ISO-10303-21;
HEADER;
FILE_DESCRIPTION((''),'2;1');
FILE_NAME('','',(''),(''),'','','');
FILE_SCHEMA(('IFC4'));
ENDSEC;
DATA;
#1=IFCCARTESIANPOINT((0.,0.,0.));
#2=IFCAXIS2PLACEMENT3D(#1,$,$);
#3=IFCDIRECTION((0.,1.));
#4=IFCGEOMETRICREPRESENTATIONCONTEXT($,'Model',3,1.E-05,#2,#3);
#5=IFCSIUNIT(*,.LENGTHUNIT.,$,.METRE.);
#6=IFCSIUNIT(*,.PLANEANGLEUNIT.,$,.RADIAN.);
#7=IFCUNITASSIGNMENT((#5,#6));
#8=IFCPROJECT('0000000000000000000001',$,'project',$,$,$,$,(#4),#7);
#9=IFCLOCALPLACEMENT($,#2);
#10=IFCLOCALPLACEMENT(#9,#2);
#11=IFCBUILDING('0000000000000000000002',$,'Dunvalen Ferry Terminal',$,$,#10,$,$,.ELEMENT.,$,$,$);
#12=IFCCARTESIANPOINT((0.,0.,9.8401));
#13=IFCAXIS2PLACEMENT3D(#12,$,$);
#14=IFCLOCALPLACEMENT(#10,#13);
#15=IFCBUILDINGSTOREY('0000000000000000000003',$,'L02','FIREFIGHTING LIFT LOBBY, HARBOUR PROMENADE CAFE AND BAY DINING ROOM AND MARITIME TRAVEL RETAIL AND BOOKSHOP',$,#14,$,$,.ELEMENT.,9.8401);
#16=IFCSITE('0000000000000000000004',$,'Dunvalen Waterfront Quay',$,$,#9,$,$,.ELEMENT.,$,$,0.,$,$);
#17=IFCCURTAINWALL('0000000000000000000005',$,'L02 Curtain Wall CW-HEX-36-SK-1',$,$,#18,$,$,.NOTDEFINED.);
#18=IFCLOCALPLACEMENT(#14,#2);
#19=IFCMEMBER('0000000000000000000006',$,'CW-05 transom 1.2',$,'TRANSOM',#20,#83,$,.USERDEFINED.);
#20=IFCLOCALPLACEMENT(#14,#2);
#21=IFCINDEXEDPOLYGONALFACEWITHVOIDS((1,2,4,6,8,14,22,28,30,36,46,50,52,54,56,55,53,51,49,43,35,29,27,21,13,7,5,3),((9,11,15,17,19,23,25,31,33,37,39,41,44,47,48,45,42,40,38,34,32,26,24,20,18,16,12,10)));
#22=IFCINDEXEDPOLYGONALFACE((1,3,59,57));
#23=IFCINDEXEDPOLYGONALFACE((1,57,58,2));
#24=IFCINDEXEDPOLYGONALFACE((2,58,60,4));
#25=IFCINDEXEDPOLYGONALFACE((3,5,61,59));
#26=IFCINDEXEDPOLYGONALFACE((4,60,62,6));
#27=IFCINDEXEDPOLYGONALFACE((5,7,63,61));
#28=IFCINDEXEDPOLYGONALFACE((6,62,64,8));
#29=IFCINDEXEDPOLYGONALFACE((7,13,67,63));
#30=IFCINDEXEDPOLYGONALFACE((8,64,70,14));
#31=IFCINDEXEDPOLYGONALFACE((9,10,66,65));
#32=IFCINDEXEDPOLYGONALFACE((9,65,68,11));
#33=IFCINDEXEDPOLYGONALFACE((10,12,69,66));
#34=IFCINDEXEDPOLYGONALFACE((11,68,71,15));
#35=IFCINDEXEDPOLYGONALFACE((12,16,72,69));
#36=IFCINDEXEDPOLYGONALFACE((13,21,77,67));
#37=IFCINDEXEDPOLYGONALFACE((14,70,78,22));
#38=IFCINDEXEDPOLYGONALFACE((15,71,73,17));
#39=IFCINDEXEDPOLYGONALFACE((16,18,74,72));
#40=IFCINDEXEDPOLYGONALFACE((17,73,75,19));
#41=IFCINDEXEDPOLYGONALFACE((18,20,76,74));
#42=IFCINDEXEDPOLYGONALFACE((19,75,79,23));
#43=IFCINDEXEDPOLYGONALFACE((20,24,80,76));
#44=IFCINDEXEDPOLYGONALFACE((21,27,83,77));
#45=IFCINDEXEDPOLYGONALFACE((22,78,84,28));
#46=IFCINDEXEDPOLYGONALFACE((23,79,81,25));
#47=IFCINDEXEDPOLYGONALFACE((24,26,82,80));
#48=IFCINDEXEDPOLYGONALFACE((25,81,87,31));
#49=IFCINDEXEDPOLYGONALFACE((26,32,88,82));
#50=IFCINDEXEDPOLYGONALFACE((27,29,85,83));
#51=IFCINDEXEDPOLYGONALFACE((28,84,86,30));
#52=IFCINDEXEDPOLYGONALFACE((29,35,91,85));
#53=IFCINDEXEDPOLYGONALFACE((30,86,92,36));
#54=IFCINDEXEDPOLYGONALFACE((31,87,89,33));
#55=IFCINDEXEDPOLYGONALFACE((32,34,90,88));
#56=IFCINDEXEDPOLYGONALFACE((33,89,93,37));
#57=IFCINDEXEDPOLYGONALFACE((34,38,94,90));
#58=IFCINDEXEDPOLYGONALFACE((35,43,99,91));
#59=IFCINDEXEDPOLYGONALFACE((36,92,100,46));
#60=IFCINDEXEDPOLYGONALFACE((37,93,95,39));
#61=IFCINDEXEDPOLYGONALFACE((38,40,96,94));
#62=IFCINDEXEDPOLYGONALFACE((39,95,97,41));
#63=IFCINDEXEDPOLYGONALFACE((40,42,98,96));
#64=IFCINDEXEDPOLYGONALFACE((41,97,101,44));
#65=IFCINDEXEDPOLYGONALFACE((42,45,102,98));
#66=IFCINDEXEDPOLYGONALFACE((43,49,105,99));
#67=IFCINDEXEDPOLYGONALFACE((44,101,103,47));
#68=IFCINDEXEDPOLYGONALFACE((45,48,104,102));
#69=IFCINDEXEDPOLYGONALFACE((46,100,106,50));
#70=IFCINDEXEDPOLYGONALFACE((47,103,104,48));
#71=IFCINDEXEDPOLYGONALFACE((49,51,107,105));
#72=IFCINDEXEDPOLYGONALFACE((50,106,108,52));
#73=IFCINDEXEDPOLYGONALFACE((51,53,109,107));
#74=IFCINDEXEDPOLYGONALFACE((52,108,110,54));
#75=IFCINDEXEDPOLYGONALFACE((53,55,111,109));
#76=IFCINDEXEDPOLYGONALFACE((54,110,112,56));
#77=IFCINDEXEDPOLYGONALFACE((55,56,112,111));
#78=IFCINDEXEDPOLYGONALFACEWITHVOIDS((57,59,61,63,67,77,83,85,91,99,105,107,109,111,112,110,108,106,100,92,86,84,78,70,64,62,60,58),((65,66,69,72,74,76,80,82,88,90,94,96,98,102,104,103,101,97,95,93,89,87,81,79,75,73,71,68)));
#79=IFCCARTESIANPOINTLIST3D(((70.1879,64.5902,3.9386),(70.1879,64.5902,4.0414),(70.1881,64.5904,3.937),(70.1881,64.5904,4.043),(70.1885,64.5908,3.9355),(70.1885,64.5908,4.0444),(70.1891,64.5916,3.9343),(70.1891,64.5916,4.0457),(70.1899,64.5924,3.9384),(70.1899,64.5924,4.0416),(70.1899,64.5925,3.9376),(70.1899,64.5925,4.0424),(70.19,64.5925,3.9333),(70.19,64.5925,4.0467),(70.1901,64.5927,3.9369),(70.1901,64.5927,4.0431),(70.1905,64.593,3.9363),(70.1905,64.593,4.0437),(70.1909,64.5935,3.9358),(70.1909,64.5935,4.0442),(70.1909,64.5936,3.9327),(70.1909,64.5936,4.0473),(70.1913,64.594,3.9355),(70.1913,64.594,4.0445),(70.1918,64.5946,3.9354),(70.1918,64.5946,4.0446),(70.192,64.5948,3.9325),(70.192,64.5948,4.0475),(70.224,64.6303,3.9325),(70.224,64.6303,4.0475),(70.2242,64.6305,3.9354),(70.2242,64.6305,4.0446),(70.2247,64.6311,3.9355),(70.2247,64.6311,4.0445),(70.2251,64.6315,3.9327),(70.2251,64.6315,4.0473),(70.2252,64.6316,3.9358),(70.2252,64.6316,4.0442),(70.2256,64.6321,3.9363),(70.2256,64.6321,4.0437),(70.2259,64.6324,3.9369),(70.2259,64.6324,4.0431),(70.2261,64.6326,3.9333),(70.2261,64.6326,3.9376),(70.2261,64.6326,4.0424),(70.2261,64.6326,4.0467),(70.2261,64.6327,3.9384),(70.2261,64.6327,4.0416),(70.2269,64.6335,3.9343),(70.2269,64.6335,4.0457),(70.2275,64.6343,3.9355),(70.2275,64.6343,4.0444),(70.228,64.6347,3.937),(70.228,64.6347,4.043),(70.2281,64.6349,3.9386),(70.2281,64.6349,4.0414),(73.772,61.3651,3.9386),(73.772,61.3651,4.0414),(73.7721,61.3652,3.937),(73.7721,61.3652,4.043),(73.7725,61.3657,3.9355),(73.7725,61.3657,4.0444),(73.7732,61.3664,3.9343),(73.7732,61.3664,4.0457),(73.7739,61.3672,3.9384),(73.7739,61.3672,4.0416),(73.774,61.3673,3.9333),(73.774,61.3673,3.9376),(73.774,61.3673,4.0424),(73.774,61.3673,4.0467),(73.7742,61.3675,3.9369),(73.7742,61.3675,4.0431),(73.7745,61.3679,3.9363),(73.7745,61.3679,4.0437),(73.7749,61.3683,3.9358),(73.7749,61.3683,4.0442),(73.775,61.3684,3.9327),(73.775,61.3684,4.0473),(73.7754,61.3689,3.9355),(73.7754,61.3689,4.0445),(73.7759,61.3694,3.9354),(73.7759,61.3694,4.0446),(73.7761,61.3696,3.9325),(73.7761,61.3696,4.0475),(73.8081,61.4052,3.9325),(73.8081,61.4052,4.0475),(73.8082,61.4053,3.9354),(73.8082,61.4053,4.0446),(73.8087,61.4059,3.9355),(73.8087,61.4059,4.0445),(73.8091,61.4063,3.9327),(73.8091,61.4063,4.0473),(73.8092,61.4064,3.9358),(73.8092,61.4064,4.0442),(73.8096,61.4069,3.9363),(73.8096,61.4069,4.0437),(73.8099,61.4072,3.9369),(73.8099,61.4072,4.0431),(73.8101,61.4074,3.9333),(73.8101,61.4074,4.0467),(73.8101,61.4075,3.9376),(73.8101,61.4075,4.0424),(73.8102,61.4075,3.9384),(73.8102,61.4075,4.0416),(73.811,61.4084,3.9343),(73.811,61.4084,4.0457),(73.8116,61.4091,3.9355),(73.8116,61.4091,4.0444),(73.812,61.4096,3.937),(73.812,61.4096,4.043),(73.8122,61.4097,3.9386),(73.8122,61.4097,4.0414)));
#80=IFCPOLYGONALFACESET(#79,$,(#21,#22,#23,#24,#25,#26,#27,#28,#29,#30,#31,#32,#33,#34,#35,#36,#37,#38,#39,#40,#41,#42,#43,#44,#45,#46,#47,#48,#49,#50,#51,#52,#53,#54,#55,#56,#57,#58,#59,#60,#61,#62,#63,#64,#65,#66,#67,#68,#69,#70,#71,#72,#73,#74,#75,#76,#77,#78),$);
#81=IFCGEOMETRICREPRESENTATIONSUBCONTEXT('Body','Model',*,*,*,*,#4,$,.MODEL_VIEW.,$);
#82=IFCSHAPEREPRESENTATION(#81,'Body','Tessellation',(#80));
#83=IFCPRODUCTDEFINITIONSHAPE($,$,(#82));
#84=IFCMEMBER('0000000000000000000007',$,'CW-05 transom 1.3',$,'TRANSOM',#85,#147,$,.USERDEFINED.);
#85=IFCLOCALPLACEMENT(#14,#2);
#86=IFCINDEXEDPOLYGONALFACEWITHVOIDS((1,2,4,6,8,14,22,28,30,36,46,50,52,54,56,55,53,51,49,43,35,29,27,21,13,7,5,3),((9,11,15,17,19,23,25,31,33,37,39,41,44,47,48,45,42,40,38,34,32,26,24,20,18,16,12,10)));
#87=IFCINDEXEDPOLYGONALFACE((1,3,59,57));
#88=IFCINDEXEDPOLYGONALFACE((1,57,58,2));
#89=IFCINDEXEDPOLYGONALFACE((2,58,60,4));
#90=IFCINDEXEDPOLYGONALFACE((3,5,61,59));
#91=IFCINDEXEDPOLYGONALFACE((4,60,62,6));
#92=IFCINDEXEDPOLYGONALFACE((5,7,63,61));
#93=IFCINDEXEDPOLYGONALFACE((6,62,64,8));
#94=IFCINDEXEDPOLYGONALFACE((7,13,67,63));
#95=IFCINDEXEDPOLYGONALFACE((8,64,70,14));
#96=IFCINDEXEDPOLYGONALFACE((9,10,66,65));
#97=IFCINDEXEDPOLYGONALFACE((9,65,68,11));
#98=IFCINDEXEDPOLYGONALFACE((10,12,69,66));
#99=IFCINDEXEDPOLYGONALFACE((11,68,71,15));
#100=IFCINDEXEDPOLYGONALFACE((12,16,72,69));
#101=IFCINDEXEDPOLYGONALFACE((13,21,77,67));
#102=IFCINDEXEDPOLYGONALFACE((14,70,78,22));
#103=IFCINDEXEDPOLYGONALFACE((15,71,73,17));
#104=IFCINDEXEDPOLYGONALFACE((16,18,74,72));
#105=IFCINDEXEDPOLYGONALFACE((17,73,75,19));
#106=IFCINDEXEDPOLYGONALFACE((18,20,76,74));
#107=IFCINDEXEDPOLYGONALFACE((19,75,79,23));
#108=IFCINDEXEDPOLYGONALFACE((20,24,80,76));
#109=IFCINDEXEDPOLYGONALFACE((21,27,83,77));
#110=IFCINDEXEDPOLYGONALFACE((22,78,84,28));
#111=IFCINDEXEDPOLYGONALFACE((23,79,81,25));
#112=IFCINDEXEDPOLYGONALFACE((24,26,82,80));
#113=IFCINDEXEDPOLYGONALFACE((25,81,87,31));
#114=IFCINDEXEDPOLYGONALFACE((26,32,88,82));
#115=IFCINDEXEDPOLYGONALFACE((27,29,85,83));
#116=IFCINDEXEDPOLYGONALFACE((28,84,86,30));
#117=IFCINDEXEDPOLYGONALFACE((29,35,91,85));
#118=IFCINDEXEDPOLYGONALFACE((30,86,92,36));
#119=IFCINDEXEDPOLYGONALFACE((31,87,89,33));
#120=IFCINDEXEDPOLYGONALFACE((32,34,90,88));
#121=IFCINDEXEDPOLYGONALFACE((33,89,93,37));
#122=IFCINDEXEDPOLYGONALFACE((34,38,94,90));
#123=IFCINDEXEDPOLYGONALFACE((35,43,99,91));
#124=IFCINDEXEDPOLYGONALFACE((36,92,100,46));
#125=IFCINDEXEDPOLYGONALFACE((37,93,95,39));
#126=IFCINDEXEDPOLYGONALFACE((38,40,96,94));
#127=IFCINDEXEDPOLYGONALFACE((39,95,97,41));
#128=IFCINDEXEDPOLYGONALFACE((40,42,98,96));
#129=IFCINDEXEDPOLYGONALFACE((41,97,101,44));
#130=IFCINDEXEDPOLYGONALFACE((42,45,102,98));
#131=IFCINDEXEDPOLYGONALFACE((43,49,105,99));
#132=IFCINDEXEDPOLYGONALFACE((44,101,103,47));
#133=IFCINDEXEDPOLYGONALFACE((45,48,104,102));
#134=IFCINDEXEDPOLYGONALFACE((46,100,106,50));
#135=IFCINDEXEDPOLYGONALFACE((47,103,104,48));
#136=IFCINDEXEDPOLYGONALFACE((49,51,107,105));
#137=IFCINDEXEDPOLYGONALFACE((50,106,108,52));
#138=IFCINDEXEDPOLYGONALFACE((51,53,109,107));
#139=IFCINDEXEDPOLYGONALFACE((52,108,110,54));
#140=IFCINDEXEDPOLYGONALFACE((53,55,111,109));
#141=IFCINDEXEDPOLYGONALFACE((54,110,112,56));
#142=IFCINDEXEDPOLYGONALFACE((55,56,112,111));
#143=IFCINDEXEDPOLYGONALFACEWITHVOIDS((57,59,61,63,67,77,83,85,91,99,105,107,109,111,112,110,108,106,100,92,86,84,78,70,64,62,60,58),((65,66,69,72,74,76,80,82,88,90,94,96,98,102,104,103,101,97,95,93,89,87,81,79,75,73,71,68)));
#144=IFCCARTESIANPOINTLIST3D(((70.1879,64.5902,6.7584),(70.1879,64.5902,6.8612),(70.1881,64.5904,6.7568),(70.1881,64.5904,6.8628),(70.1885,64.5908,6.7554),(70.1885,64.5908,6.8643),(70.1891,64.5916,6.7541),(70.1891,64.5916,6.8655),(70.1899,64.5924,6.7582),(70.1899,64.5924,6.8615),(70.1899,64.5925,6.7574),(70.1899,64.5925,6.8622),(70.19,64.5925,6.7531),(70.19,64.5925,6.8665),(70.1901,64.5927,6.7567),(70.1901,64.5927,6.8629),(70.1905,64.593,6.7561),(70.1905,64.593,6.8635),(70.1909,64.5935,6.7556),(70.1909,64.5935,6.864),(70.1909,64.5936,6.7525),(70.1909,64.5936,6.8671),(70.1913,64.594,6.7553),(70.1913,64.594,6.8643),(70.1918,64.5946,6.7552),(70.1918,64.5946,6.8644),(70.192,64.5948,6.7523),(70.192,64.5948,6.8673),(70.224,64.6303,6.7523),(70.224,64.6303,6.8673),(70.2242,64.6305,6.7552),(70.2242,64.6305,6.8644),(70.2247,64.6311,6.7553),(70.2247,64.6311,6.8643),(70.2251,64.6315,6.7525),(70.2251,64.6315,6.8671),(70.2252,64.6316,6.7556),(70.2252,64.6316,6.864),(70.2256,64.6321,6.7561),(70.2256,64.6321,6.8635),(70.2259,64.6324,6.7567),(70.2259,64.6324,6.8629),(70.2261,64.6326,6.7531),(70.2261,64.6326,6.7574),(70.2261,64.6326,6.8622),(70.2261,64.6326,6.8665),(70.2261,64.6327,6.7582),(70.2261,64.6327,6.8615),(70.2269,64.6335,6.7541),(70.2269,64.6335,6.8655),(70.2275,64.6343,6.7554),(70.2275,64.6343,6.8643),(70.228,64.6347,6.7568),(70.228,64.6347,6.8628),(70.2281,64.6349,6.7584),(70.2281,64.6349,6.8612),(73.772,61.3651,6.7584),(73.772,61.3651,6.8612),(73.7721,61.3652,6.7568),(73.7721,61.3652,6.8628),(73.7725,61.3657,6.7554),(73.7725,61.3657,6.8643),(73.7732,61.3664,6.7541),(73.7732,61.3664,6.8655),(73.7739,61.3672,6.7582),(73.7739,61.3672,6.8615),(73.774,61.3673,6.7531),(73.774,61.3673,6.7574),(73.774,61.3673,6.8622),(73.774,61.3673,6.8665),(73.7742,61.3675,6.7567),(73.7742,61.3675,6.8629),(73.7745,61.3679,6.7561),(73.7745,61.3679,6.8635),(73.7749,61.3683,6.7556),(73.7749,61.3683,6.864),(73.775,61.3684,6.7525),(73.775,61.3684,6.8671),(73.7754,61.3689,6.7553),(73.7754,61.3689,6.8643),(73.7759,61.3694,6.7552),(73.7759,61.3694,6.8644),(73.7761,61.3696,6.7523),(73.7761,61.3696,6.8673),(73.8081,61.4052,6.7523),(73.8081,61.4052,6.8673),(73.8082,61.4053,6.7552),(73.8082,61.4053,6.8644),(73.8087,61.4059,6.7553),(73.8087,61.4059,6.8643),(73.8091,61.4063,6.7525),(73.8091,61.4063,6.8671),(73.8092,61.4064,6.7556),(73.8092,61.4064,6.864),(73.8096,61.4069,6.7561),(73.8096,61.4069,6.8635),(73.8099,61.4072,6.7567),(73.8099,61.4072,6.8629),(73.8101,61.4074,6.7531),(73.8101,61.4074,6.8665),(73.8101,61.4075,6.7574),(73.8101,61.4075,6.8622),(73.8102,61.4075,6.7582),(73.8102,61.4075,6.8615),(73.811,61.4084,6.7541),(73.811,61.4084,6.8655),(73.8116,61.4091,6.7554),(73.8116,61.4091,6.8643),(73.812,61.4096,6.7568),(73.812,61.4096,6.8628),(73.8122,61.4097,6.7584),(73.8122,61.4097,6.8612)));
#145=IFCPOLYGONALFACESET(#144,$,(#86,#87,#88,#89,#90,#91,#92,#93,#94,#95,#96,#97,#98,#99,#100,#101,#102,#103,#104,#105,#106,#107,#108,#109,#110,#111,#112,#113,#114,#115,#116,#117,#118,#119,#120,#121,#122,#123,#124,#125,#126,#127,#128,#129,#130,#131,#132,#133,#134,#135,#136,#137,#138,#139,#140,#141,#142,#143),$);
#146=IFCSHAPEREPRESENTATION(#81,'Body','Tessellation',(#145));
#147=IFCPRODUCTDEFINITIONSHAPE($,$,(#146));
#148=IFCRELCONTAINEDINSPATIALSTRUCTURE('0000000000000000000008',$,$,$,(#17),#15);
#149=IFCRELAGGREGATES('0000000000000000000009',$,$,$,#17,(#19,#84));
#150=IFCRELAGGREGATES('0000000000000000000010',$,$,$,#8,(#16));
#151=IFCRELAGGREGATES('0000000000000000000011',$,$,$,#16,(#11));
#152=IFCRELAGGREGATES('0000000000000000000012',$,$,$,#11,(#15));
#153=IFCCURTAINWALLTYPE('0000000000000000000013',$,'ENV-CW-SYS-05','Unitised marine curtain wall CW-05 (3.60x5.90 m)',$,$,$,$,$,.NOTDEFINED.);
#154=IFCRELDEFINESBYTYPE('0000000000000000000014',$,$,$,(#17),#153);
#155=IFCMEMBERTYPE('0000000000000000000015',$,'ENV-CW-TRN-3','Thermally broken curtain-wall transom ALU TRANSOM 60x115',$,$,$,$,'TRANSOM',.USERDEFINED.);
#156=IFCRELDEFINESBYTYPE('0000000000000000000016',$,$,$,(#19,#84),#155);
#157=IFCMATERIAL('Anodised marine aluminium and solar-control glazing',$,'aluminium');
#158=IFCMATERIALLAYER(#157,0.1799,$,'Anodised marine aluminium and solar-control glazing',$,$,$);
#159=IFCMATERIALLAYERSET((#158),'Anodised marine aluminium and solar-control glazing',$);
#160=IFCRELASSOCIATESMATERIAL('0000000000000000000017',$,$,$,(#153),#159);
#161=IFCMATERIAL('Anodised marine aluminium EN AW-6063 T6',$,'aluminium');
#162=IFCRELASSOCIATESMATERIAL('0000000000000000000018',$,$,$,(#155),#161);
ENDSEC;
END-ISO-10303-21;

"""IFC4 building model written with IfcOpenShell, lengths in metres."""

from ifc_helpers import new_model, si_unit, direction, frame, origin, origin_2d, place, context, subcontext, project, spatial, hollow_rectangle, extrude, material, layer, layer_set, material_profile, profile_set, type_object, element, aggregate, save


model = new_model("IFC4")

# Units and contexts
model_context = context("Model", 3, precision=1e-05, world=origin(), true_north=direction((0.0, 1.0)))
body_context = subcontext(model_context, "Body", "Model", "MODEL_VIEW")
ifc_project = project(units=[si_unit("LENGTHUNIT", "METRE"), si_unit("PLANEANGLEUNIT", "RADIAN")], contexts=[model_context])

# Site, building, storey
site_placement = place(None, origin())
site = spatial("IfcSite", under=ifc_project, at=site_placement, Name="Dunvalen Waterfront Quay", CompositionType="ELEMENT", RefElevation=0.0)
building_placement = place(site_placement, origin())
building = spatial("IfcBuilding", under=site, at=building_placement, Name="Dunvalen Ferry Terminal", CompositionType="ELEMENT")
storey_placement = place(building_placement, frame((0.0, 0.0, 9.8401)))
storey = spatial("IfcBuildingStorey", under=building, at=storey_placement, Name="L02", Description="FIREFIGHTING LIFT LOBBY, HARBOUR PROMENADE CAFE AND BAY DINING ROOM AND MARITIME TRAVEL RETAIL AND BOOKSHOP", CompositionType="ELEMENT", Elevation=9.8401)

# Curtain wall
ifc_material_1 = material(Name="Anodised marine aluminium and solar-control glazing", Category="aluminium")
ifc_layer_1 = layer(ifc_material_1, 0.1799, Name="Anodised marine aluminium and solar-control glazing")
ifc_layer_set_1 = layer_set([ifc_layer_1], Name="Anodised marine aluminium and solar-control glazing")
curtain_wall_type_1 = type_object("IfcCurtainWallType", Name="ENV-CW-SYS-05", Description="Unitised marine curtain wall CW-05 (3.60x5.90 m)", PredefinedType="NOTDEFINED", material=ifc_layer_set_1)
curtain_wall_1_placement = place(storey_placement, origin())
curtain_wall_1 = element("IfcCurtainWall", 1, at=curtain_wall_1_placement, inside=storey, type_object=curtain_wall_type_1, Name="L02 Curtain Wall CW-HEX-36-SK-1", PredefinedType="NOTDEFINED")
ifc_material_2 = material(Name="Anodised marine aluminium EN AW-6063 T6", Category="aluminium")

# Members
ifc_material_profile_1 = material_profile(ifc_material_2, hollow_rectangle(XDim=0.0601, YDim=0.115, WallThickness=0.0029, InnerFilletRadius=0.0029, OuterFilletRadius=0.0061, at=origin_2d()), Name="Anodised marine aluminium EN AW-6063 T6")
ifc_profile_set_1 = profile_set([ifc_material_profile_1], Name="Anodised marine aluminium EN AW-6063 T6")
member_type_1 = type_object("IfcMemberType", Name="ENV-CW-TRN-3", Description="Thermally broken curtain-wall transom ALU TRANSOM 60x115", ElementType="TRANSOM", PredefinedType="USERDEFINED", material=ifc_profile_set_1)
member_1_placement = place(storey_placement, frame((70.208, 64.6125, 3.99), z_axis=(0.743345, -0.668909, 0.0), x_axis=(0.668909, 0.743345, 0.0)))
member_1 = element("IfcMember", 2, at=member_1_placement, type_object=member_type_1, Name="CW-05 transom 1.2", ObjectType="TRANSOM", PredefinedType="USERDEFINED", context=body_context, shape_type="SweptSolid", body=[
    extrude(hollow_rectangle(XDim=0.0601, YDim=0.115, WallThickness=0.0029, InnerFilletRadius=0.0029, OuterFilletRadius=0.0061, at=origin_2d()), origin(), (0.0, 0.0, 1.0), 4.8215),
])
member_2_placement = place(storey_placement, frame((70.208, 64.6125, 6.8098), z_axis=(0.743345, -0.668909, 0.0), x_axis=(0.668909, 0.743345, 0.0)))
member_2 = element("IfcMember", 3, at=member_2_placement, type_object=member_type_1, Name="CW-05 transom 1.3", ObjectType="TRANSOM", PredefinedType="USERDEFINED", context=body_context, shape_type="SweptSolid", body=[
    extrude(hollow_rectangle(XDim=0.0601, YDim=0.115, WallThickness=0.0029, InnerFilletRadius=0.0029, OuterFilletRadius=0.0061, at=origin_2d()), origin(), (0.0, 0.0, 1.0), 4.8215),
])

aggregate(curtain_wall_1, [member_1, member_2])

save(model, "model.ifc")
